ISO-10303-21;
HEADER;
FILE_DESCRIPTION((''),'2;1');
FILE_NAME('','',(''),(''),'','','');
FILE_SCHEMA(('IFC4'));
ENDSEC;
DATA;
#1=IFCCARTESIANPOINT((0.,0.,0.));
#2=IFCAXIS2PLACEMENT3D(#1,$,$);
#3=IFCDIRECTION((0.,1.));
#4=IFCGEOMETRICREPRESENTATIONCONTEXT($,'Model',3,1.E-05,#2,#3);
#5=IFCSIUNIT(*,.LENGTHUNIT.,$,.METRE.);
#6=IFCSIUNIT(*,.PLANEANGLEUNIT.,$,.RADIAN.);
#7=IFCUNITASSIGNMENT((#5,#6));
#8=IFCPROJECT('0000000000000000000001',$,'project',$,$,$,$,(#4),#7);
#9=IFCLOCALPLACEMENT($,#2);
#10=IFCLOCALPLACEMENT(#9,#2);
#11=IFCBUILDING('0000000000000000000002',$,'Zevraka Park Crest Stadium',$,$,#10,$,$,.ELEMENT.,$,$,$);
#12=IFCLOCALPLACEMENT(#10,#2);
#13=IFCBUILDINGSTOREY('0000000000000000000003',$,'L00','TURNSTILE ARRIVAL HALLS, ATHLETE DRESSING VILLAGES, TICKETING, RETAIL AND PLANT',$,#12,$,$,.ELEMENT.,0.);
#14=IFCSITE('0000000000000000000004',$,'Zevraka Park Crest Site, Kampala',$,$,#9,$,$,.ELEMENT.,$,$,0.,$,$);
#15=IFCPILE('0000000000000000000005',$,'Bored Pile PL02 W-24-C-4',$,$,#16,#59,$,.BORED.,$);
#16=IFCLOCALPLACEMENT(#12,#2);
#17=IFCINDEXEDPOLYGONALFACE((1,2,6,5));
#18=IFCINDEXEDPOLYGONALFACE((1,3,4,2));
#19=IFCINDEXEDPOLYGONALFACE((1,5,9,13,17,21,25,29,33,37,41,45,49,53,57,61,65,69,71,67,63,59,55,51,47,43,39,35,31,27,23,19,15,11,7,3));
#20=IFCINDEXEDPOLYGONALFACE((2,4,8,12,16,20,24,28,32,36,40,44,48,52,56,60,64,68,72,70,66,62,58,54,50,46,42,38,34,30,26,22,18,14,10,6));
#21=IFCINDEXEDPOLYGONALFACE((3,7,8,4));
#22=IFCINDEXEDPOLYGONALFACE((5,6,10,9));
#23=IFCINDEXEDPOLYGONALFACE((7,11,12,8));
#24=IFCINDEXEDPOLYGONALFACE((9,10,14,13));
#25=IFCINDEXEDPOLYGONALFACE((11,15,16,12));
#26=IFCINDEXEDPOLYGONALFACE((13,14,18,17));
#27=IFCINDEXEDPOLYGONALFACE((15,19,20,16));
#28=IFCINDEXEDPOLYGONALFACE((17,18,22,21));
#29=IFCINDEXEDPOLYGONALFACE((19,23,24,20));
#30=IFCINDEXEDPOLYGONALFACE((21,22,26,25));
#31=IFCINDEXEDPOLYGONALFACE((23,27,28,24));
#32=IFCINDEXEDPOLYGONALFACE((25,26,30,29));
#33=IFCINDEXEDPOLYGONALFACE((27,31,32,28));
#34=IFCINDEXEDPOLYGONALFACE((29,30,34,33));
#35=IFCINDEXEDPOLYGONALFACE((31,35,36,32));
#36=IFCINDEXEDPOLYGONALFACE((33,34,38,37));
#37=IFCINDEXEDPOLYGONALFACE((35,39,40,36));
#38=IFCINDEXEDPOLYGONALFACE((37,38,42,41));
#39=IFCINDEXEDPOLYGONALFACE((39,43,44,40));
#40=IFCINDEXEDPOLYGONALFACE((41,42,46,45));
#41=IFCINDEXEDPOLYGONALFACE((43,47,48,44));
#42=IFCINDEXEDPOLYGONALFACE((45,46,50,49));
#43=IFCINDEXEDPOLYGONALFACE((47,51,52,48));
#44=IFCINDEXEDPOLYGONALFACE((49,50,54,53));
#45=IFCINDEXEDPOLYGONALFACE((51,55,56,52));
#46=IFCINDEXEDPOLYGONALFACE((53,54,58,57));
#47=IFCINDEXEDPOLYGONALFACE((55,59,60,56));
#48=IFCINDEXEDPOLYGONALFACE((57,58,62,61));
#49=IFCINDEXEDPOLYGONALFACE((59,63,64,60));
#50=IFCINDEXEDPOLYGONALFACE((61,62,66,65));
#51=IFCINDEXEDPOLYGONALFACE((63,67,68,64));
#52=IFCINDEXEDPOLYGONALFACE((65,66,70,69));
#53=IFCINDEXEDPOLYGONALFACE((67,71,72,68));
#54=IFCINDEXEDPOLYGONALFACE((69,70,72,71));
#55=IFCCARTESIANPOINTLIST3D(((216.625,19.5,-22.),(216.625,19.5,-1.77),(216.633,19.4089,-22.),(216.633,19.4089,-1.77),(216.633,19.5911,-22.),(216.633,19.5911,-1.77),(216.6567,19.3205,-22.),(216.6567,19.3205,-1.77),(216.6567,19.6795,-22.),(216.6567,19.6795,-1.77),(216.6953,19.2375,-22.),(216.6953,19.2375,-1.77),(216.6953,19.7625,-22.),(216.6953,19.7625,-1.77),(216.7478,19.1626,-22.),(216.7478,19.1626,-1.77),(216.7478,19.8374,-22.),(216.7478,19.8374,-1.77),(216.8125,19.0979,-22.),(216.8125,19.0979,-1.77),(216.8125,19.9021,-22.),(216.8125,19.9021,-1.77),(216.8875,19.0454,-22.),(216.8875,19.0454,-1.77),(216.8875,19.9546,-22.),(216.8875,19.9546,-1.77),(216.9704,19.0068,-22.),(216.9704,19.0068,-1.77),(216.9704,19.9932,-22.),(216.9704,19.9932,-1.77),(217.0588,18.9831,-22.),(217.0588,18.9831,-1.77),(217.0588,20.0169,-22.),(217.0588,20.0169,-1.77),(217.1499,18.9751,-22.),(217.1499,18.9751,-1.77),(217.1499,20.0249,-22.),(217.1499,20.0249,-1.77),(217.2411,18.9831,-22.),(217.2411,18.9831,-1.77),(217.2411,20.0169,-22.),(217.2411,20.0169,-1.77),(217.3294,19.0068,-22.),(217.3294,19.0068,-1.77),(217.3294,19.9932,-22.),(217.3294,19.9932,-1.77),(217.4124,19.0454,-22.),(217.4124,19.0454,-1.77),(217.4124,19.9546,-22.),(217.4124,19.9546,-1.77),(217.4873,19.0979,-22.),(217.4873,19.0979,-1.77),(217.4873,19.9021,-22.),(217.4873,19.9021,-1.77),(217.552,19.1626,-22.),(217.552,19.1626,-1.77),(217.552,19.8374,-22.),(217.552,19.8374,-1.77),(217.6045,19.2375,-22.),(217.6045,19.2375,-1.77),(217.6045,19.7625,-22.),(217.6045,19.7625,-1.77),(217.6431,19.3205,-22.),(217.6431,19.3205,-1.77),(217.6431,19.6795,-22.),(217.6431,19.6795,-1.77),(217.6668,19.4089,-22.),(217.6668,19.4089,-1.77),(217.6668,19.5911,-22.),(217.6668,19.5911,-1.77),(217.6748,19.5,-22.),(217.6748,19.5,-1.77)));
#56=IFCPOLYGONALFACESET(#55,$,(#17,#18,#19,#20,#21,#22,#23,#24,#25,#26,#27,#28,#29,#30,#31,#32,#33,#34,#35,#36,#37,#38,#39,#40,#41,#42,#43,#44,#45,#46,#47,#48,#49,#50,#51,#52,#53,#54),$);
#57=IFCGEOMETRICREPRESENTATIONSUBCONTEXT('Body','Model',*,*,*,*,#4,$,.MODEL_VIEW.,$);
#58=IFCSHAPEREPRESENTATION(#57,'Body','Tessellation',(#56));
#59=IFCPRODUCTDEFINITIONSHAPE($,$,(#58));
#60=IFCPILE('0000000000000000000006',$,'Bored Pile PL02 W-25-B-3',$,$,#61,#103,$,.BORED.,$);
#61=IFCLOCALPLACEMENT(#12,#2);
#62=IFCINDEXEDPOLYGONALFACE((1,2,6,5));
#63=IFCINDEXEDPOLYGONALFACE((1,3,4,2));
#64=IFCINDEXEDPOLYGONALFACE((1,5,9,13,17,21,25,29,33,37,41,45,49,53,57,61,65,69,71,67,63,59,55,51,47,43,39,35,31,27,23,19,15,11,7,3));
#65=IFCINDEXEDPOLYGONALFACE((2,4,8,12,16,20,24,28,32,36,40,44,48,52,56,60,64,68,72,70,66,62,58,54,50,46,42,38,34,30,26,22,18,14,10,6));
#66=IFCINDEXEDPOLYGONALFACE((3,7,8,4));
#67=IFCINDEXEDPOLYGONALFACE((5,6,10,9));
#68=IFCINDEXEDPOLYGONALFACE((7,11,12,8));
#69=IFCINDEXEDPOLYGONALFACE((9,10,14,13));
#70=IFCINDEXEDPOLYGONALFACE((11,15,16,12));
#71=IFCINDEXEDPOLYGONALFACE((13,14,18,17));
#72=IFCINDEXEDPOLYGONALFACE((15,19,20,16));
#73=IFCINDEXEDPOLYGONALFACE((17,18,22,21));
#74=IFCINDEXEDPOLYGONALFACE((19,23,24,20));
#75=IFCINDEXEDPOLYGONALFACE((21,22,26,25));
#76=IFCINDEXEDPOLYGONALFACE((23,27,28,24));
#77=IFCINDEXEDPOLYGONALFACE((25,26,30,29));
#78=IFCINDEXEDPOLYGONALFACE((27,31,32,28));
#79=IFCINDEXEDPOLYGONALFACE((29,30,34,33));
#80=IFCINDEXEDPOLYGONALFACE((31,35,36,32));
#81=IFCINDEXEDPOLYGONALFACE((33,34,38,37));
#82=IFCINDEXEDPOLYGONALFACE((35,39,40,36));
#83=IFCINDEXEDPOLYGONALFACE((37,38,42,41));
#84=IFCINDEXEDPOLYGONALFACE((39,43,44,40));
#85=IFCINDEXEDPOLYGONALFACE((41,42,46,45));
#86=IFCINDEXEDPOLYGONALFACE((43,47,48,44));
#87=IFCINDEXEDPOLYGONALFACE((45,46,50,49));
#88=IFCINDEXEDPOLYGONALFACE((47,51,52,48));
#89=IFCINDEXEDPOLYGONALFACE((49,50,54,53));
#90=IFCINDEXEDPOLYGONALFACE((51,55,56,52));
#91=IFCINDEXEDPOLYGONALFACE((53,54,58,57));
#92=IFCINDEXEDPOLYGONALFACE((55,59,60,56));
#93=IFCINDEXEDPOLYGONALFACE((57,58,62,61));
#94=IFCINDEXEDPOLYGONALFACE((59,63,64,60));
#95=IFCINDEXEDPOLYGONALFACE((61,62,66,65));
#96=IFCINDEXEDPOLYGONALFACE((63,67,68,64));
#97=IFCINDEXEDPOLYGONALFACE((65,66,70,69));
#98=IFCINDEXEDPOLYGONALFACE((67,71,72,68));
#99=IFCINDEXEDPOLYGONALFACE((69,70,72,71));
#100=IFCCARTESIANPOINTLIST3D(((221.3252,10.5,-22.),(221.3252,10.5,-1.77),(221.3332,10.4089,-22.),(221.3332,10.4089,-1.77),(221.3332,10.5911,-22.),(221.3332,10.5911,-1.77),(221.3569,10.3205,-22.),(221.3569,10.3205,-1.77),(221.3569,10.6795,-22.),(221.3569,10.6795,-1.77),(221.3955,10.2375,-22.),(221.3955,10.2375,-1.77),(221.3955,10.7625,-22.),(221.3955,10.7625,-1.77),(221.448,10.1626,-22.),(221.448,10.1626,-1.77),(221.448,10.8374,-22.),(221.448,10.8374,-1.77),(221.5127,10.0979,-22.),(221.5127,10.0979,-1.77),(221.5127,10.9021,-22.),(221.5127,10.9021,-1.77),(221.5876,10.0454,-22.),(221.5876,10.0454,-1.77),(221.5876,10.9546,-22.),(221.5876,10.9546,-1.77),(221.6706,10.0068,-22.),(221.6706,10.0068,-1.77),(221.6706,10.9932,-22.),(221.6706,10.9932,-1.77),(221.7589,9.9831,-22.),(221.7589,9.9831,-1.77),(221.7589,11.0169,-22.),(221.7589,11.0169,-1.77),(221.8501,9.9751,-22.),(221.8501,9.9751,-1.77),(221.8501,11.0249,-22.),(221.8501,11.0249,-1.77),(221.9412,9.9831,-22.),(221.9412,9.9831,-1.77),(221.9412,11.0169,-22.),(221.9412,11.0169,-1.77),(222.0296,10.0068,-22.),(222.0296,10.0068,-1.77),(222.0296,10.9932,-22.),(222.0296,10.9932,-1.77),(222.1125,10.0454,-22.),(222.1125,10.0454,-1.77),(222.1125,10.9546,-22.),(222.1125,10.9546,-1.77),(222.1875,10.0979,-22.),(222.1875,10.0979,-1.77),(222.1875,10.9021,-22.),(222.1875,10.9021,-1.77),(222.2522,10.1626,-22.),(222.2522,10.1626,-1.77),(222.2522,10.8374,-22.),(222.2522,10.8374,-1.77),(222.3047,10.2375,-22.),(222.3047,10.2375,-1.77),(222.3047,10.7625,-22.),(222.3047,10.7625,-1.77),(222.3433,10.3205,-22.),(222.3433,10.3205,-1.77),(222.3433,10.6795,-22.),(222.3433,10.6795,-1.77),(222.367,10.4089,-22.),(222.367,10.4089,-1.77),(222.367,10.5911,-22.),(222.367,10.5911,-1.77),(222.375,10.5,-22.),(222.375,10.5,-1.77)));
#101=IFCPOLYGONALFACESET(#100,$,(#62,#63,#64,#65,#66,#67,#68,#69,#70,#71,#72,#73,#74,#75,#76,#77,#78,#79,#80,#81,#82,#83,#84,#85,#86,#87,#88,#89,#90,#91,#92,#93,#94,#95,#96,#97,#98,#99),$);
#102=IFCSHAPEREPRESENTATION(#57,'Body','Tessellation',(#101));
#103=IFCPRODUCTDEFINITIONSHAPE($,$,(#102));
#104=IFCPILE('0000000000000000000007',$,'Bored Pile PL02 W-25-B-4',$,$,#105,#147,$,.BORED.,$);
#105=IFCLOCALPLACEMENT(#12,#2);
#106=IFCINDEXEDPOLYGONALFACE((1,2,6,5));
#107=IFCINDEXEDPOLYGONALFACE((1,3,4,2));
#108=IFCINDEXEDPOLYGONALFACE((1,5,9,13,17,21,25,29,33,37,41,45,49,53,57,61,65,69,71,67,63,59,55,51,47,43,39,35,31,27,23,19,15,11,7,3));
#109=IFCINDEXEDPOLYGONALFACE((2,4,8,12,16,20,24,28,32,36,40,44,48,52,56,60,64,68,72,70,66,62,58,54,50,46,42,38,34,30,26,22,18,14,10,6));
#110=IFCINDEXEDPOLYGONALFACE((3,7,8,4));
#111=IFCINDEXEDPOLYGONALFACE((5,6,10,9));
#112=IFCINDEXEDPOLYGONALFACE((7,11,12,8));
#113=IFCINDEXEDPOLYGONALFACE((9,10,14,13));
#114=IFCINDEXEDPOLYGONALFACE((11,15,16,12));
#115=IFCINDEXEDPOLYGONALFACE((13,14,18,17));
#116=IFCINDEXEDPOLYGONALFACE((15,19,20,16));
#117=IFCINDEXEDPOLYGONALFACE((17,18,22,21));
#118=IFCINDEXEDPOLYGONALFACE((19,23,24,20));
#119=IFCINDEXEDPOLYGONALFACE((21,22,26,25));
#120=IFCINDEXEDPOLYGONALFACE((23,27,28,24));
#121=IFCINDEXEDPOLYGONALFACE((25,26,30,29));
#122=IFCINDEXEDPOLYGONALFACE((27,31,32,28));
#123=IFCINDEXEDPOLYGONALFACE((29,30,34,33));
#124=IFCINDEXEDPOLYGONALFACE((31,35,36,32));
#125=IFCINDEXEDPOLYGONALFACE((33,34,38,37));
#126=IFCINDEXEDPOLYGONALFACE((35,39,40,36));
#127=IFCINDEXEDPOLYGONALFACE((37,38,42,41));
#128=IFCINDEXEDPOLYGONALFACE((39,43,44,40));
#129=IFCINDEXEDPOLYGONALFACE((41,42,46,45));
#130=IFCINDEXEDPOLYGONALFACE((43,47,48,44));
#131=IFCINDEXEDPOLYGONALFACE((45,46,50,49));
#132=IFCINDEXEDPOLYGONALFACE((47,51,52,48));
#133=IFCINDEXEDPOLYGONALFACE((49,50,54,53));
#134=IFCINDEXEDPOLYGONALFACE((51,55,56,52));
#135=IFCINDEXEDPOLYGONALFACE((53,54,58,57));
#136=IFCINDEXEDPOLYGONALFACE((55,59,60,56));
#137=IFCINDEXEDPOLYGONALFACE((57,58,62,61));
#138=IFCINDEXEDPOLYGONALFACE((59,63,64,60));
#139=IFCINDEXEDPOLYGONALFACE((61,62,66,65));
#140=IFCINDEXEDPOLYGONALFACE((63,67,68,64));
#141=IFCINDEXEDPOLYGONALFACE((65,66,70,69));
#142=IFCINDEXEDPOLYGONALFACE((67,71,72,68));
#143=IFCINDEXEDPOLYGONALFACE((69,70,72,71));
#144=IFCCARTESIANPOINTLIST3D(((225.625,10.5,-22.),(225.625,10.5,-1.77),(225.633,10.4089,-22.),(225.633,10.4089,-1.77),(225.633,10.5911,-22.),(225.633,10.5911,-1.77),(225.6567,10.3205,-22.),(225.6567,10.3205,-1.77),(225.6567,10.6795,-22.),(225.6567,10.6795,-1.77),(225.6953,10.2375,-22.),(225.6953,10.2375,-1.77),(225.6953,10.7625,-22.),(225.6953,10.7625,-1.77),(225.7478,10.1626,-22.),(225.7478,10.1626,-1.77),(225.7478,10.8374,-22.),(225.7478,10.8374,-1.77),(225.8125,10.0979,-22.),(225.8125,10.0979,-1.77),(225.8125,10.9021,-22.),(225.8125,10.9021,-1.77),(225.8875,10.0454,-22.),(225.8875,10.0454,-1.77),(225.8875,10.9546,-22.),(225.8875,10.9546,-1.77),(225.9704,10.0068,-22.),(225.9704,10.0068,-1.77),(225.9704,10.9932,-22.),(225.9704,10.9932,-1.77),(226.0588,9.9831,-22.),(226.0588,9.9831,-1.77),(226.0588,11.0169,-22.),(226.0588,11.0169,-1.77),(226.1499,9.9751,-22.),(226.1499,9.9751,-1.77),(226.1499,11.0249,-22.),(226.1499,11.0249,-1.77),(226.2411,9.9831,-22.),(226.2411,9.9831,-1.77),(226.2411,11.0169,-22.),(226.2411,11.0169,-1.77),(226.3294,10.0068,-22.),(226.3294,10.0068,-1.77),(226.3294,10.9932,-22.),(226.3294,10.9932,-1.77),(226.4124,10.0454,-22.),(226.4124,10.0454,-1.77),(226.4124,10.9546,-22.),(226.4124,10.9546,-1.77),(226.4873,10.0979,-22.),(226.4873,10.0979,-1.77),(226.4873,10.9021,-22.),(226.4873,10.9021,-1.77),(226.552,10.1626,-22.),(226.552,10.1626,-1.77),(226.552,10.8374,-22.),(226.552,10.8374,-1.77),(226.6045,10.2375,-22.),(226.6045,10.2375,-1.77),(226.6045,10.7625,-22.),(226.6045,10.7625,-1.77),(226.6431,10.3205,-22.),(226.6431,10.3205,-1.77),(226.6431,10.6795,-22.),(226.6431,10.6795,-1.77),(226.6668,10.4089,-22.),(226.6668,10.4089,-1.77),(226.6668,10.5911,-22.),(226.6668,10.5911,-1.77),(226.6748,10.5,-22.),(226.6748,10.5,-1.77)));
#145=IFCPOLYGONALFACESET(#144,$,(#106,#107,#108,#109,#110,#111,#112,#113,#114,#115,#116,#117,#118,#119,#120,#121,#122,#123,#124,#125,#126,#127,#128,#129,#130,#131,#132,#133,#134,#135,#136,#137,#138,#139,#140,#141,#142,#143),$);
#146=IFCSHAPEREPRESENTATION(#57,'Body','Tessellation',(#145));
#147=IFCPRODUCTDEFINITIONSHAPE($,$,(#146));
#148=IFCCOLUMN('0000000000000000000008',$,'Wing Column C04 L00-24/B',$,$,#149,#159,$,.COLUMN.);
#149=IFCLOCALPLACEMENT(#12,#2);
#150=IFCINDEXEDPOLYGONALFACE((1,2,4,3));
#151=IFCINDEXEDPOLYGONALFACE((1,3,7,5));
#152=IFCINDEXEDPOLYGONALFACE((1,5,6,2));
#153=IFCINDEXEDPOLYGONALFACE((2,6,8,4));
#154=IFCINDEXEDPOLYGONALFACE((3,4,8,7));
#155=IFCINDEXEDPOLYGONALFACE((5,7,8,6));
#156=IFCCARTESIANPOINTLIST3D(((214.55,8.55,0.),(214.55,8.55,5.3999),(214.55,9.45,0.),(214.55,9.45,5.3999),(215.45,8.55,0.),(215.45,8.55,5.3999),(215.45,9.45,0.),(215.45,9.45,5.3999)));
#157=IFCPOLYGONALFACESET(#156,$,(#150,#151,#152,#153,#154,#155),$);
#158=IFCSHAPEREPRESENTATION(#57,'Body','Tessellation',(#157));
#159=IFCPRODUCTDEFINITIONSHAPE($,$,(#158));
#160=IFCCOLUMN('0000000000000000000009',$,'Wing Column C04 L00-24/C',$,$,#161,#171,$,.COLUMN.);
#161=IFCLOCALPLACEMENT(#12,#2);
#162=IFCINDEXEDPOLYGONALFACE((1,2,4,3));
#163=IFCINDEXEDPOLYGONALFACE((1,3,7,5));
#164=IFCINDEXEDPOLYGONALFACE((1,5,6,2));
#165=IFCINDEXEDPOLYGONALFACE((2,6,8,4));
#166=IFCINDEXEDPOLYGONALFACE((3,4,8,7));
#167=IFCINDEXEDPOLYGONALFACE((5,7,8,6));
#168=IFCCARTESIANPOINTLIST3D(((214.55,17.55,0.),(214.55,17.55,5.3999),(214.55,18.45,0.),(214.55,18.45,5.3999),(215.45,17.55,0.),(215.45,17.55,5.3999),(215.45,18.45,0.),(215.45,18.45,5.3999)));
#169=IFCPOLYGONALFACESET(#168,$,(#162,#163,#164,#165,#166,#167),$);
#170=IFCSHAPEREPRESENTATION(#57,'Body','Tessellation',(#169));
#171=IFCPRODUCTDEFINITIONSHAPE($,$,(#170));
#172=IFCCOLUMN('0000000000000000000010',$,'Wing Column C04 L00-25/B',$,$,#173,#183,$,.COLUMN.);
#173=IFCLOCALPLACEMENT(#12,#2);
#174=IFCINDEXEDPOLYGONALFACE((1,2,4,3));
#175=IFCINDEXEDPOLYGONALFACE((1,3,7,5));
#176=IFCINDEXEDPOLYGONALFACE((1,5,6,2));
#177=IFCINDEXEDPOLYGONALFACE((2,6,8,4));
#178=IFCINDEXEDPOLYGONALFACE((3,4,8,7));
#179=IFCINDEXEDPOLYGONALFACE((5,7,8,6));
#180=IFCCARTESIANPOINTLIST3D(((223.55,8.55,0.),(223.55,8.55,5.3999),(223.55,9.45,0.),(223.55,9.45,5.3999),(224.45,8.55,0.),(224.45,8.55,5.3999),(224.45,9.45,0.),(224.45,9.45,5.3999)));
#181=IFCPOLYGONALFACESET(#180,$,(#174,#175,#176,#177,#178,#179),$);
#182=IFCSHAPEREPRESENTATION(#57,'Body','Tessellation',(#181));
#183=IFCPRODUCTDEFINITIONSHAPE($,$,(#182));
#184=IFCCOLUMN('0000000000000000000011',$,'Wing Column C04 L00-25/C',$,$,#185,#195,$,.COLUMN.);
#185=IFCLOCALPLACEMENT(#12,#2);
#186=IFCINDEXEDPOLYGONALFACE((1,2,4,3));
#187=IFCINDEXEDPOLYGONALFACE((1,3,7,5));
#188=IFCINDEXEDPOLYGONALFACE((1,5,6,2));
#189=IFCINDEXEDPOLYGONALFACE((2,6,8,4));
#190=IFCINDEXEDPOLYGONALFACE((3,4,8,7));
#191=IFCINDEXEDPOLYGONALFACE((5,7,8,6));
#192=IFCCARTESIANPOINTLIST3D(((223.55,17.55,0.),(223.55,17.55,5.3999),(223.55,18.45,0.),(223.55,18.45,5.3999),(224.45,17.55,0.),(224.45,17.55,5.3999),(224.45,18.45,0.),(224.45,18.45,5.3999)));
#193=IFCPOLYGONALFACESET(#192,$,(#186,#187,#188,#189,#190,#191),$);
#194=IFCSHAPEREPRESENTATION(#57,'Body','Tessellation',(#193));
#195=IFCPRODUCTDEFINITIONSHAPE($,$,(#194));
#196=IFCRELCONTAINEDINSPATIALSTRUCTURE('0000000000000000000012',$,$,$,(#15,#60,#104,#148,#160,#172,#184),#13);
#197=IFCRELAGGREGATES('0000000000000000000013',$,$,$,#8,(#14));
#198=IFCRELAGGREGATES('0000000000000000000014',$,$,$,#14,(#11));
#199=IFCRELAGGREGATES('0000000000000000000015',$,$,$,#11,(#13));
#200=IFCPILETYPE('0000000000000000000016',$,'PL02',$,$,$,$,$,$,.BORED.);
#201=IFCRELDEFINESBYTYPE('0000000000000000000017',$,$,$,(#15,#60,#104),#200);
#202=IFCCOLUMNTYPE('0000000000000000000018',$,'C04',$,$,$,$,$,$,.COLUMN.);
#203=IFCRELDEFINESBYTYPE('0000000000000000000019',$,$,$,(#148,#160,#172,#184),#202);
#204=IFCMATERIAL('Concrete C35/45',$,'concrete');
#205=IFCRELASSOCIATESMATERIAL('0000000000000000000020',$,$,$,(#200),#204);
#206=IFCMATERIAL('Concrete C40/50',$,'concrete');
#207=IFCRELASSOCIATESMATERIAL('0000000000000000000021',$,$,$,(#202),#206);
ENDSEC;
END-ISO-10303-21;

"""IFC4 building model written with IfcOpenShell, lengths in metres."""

from ifc_helpers import new_model, si_unit, direction, frame, origin, origin_2d, place, context, subcontext, project, spatial, rectangle, circle, extrude, material, material_profile, profile_set, type_object, element, save


model = new_model("IFC4")

# Units and contexts
model_context = context("Model", 3, precision=1e-05, world=origin(), true_north=direction((0.0, 1.0)))
body_context = subcontext(model_context, "Body", "Model", "MODEL_VIEW")
ifc_project = project(units=[si_unit("LENGTHUNIT", "METRE"), si_unit("PLANEANGLEUNIT", "RADIAN")], contexts=[model_context])

# Site, building, storey
site_placement = place(None, origin())
site = spatial("IfcSite", under=ifc_project, at=site_placement, Name="Zevraka Park Crest Site, Kampala", CompositionType="ELEMENT", RefElevation=0.0)
building_placement = place(site_placement, origin())
building = spatial("IfcBuilding", under=site, at=building_placement, Name="Zevraka Park Crest Stadium", CompositionType="ELEMENT")
storey_placement = place(building_placement, origin())
storey = spatial("IfcBuildingStorey", under=building, at=storey_placement, Name="L00", Description="TURNSTILE ARRIVAL HALLS, ATHLETE DRESSING VILLAGES, TICKETING, RETAIL AND PLANT", CompositionType="ELEMENT", Elevation=0.0)

# Piles
ifc_material_1 = material(Name="Concrete C35/45", Category="concrete")
ifc_material_profile_1 = material_profile(ifc_material_1, circle(Radius=0.5249, at=origin_2d()), Name="PILE D1050")
ifc_profile_set_1 = profile_set([ifc_material_profile_1], Name="Concrete C35/45")
pile_type_1 = type_object("IfcPileType", Name="PL02", PredefinedType="BORED", material=ifc_profile_set_1)
for number, where, z_axis, x_axis, name in (
    (1, (217.1499, 19.5, -1.77), (0.0, 0.0, -1.0), (1.0, 0.0, 0.0), "Bored Pile PL02 W-24-C-4"),
    (2, (221.8501, 10.5, -1.77), (0.0, 0.0, -1.0), (1.0, 0.0, 0.0), "Bored Pile PL02 W-25-B-3"),
    (3, (226.1499, 10.5, -1.77), (0.0, 0.0, -1.0), (1.0, 0.0, 0.0), "Bored Pile PL02 W-25-B-4"),
):
    element("IfcPile", number, at=place(storey_placement, frame(where, z_axis=z_axis, x_axis=x_axis)), inside=storey, type_object=pile_type_1, Name=name, PredefinedType="BORED", context=body_context, shape_type="SweptSolid", body=[
        extrude(circle(Radius=0.5249, at=origin_2d()), origin(), (0.0, 0.0, 1.0), 20.23),
    ])

# Columns
ifc_material_2 = material(Name="Concrete C40/50", Category="concrete")
ifc_material_profile_2 = material_profile(ifc_material_2, rectangle(XDim=0.8999, YDim=0.8999, at=origin_2d()), Name="RC 900x900")
ifc_profile_set_2 = profile_set([ifc_material_profile_2], Name="Concrete C40/50")
column_type = type_object("IfcColumnType", Name="C04", PredefinedType="COLUMN", material=ifc_profile_set_2)
for number, where, z_axis, x_axis, name in (
    (4, (215.0, 9.0, 0.0), (0.0, 0.0, 1.0), (1.0, 0.0, 0.0), "Wing Column C04 L00-24/B"),
    (5, (215.0, 18.0, 0.0), (0.0, 0.0, 1.0), (1.0, 0.0, 0.0), "Wing Column C04 L00-24/C"),
    (6, (224.0, 9.0, 0.0), (0.0, 0.0, 1.0), (1.0, 0.0, 0.0), "Wing Column C04 L00-25/B"),
    (7, (224.0, 18.0, 0.0), (0.0, 0.0, 1.0), (1.0, 0.0, 0.0), "Wing Column C04 L00-25/C"),
):
    element("IfcColumn", number, at=place(storey_placement, frame(where, z_axis=z_axis, x_axis=x_axis)), inside=storey, type_object=column_type, Name=name, PredefinedType="COLUMN", context=body_context, shape_type="SweptSolid", body=[
        extrude(rectangle(XDim=0.8999, YDim=0.8999, at=origin_2d()), origin(), (0.0, 0.0, 1.0), 5.3999),
    ])

save(model, "model.ifc")
